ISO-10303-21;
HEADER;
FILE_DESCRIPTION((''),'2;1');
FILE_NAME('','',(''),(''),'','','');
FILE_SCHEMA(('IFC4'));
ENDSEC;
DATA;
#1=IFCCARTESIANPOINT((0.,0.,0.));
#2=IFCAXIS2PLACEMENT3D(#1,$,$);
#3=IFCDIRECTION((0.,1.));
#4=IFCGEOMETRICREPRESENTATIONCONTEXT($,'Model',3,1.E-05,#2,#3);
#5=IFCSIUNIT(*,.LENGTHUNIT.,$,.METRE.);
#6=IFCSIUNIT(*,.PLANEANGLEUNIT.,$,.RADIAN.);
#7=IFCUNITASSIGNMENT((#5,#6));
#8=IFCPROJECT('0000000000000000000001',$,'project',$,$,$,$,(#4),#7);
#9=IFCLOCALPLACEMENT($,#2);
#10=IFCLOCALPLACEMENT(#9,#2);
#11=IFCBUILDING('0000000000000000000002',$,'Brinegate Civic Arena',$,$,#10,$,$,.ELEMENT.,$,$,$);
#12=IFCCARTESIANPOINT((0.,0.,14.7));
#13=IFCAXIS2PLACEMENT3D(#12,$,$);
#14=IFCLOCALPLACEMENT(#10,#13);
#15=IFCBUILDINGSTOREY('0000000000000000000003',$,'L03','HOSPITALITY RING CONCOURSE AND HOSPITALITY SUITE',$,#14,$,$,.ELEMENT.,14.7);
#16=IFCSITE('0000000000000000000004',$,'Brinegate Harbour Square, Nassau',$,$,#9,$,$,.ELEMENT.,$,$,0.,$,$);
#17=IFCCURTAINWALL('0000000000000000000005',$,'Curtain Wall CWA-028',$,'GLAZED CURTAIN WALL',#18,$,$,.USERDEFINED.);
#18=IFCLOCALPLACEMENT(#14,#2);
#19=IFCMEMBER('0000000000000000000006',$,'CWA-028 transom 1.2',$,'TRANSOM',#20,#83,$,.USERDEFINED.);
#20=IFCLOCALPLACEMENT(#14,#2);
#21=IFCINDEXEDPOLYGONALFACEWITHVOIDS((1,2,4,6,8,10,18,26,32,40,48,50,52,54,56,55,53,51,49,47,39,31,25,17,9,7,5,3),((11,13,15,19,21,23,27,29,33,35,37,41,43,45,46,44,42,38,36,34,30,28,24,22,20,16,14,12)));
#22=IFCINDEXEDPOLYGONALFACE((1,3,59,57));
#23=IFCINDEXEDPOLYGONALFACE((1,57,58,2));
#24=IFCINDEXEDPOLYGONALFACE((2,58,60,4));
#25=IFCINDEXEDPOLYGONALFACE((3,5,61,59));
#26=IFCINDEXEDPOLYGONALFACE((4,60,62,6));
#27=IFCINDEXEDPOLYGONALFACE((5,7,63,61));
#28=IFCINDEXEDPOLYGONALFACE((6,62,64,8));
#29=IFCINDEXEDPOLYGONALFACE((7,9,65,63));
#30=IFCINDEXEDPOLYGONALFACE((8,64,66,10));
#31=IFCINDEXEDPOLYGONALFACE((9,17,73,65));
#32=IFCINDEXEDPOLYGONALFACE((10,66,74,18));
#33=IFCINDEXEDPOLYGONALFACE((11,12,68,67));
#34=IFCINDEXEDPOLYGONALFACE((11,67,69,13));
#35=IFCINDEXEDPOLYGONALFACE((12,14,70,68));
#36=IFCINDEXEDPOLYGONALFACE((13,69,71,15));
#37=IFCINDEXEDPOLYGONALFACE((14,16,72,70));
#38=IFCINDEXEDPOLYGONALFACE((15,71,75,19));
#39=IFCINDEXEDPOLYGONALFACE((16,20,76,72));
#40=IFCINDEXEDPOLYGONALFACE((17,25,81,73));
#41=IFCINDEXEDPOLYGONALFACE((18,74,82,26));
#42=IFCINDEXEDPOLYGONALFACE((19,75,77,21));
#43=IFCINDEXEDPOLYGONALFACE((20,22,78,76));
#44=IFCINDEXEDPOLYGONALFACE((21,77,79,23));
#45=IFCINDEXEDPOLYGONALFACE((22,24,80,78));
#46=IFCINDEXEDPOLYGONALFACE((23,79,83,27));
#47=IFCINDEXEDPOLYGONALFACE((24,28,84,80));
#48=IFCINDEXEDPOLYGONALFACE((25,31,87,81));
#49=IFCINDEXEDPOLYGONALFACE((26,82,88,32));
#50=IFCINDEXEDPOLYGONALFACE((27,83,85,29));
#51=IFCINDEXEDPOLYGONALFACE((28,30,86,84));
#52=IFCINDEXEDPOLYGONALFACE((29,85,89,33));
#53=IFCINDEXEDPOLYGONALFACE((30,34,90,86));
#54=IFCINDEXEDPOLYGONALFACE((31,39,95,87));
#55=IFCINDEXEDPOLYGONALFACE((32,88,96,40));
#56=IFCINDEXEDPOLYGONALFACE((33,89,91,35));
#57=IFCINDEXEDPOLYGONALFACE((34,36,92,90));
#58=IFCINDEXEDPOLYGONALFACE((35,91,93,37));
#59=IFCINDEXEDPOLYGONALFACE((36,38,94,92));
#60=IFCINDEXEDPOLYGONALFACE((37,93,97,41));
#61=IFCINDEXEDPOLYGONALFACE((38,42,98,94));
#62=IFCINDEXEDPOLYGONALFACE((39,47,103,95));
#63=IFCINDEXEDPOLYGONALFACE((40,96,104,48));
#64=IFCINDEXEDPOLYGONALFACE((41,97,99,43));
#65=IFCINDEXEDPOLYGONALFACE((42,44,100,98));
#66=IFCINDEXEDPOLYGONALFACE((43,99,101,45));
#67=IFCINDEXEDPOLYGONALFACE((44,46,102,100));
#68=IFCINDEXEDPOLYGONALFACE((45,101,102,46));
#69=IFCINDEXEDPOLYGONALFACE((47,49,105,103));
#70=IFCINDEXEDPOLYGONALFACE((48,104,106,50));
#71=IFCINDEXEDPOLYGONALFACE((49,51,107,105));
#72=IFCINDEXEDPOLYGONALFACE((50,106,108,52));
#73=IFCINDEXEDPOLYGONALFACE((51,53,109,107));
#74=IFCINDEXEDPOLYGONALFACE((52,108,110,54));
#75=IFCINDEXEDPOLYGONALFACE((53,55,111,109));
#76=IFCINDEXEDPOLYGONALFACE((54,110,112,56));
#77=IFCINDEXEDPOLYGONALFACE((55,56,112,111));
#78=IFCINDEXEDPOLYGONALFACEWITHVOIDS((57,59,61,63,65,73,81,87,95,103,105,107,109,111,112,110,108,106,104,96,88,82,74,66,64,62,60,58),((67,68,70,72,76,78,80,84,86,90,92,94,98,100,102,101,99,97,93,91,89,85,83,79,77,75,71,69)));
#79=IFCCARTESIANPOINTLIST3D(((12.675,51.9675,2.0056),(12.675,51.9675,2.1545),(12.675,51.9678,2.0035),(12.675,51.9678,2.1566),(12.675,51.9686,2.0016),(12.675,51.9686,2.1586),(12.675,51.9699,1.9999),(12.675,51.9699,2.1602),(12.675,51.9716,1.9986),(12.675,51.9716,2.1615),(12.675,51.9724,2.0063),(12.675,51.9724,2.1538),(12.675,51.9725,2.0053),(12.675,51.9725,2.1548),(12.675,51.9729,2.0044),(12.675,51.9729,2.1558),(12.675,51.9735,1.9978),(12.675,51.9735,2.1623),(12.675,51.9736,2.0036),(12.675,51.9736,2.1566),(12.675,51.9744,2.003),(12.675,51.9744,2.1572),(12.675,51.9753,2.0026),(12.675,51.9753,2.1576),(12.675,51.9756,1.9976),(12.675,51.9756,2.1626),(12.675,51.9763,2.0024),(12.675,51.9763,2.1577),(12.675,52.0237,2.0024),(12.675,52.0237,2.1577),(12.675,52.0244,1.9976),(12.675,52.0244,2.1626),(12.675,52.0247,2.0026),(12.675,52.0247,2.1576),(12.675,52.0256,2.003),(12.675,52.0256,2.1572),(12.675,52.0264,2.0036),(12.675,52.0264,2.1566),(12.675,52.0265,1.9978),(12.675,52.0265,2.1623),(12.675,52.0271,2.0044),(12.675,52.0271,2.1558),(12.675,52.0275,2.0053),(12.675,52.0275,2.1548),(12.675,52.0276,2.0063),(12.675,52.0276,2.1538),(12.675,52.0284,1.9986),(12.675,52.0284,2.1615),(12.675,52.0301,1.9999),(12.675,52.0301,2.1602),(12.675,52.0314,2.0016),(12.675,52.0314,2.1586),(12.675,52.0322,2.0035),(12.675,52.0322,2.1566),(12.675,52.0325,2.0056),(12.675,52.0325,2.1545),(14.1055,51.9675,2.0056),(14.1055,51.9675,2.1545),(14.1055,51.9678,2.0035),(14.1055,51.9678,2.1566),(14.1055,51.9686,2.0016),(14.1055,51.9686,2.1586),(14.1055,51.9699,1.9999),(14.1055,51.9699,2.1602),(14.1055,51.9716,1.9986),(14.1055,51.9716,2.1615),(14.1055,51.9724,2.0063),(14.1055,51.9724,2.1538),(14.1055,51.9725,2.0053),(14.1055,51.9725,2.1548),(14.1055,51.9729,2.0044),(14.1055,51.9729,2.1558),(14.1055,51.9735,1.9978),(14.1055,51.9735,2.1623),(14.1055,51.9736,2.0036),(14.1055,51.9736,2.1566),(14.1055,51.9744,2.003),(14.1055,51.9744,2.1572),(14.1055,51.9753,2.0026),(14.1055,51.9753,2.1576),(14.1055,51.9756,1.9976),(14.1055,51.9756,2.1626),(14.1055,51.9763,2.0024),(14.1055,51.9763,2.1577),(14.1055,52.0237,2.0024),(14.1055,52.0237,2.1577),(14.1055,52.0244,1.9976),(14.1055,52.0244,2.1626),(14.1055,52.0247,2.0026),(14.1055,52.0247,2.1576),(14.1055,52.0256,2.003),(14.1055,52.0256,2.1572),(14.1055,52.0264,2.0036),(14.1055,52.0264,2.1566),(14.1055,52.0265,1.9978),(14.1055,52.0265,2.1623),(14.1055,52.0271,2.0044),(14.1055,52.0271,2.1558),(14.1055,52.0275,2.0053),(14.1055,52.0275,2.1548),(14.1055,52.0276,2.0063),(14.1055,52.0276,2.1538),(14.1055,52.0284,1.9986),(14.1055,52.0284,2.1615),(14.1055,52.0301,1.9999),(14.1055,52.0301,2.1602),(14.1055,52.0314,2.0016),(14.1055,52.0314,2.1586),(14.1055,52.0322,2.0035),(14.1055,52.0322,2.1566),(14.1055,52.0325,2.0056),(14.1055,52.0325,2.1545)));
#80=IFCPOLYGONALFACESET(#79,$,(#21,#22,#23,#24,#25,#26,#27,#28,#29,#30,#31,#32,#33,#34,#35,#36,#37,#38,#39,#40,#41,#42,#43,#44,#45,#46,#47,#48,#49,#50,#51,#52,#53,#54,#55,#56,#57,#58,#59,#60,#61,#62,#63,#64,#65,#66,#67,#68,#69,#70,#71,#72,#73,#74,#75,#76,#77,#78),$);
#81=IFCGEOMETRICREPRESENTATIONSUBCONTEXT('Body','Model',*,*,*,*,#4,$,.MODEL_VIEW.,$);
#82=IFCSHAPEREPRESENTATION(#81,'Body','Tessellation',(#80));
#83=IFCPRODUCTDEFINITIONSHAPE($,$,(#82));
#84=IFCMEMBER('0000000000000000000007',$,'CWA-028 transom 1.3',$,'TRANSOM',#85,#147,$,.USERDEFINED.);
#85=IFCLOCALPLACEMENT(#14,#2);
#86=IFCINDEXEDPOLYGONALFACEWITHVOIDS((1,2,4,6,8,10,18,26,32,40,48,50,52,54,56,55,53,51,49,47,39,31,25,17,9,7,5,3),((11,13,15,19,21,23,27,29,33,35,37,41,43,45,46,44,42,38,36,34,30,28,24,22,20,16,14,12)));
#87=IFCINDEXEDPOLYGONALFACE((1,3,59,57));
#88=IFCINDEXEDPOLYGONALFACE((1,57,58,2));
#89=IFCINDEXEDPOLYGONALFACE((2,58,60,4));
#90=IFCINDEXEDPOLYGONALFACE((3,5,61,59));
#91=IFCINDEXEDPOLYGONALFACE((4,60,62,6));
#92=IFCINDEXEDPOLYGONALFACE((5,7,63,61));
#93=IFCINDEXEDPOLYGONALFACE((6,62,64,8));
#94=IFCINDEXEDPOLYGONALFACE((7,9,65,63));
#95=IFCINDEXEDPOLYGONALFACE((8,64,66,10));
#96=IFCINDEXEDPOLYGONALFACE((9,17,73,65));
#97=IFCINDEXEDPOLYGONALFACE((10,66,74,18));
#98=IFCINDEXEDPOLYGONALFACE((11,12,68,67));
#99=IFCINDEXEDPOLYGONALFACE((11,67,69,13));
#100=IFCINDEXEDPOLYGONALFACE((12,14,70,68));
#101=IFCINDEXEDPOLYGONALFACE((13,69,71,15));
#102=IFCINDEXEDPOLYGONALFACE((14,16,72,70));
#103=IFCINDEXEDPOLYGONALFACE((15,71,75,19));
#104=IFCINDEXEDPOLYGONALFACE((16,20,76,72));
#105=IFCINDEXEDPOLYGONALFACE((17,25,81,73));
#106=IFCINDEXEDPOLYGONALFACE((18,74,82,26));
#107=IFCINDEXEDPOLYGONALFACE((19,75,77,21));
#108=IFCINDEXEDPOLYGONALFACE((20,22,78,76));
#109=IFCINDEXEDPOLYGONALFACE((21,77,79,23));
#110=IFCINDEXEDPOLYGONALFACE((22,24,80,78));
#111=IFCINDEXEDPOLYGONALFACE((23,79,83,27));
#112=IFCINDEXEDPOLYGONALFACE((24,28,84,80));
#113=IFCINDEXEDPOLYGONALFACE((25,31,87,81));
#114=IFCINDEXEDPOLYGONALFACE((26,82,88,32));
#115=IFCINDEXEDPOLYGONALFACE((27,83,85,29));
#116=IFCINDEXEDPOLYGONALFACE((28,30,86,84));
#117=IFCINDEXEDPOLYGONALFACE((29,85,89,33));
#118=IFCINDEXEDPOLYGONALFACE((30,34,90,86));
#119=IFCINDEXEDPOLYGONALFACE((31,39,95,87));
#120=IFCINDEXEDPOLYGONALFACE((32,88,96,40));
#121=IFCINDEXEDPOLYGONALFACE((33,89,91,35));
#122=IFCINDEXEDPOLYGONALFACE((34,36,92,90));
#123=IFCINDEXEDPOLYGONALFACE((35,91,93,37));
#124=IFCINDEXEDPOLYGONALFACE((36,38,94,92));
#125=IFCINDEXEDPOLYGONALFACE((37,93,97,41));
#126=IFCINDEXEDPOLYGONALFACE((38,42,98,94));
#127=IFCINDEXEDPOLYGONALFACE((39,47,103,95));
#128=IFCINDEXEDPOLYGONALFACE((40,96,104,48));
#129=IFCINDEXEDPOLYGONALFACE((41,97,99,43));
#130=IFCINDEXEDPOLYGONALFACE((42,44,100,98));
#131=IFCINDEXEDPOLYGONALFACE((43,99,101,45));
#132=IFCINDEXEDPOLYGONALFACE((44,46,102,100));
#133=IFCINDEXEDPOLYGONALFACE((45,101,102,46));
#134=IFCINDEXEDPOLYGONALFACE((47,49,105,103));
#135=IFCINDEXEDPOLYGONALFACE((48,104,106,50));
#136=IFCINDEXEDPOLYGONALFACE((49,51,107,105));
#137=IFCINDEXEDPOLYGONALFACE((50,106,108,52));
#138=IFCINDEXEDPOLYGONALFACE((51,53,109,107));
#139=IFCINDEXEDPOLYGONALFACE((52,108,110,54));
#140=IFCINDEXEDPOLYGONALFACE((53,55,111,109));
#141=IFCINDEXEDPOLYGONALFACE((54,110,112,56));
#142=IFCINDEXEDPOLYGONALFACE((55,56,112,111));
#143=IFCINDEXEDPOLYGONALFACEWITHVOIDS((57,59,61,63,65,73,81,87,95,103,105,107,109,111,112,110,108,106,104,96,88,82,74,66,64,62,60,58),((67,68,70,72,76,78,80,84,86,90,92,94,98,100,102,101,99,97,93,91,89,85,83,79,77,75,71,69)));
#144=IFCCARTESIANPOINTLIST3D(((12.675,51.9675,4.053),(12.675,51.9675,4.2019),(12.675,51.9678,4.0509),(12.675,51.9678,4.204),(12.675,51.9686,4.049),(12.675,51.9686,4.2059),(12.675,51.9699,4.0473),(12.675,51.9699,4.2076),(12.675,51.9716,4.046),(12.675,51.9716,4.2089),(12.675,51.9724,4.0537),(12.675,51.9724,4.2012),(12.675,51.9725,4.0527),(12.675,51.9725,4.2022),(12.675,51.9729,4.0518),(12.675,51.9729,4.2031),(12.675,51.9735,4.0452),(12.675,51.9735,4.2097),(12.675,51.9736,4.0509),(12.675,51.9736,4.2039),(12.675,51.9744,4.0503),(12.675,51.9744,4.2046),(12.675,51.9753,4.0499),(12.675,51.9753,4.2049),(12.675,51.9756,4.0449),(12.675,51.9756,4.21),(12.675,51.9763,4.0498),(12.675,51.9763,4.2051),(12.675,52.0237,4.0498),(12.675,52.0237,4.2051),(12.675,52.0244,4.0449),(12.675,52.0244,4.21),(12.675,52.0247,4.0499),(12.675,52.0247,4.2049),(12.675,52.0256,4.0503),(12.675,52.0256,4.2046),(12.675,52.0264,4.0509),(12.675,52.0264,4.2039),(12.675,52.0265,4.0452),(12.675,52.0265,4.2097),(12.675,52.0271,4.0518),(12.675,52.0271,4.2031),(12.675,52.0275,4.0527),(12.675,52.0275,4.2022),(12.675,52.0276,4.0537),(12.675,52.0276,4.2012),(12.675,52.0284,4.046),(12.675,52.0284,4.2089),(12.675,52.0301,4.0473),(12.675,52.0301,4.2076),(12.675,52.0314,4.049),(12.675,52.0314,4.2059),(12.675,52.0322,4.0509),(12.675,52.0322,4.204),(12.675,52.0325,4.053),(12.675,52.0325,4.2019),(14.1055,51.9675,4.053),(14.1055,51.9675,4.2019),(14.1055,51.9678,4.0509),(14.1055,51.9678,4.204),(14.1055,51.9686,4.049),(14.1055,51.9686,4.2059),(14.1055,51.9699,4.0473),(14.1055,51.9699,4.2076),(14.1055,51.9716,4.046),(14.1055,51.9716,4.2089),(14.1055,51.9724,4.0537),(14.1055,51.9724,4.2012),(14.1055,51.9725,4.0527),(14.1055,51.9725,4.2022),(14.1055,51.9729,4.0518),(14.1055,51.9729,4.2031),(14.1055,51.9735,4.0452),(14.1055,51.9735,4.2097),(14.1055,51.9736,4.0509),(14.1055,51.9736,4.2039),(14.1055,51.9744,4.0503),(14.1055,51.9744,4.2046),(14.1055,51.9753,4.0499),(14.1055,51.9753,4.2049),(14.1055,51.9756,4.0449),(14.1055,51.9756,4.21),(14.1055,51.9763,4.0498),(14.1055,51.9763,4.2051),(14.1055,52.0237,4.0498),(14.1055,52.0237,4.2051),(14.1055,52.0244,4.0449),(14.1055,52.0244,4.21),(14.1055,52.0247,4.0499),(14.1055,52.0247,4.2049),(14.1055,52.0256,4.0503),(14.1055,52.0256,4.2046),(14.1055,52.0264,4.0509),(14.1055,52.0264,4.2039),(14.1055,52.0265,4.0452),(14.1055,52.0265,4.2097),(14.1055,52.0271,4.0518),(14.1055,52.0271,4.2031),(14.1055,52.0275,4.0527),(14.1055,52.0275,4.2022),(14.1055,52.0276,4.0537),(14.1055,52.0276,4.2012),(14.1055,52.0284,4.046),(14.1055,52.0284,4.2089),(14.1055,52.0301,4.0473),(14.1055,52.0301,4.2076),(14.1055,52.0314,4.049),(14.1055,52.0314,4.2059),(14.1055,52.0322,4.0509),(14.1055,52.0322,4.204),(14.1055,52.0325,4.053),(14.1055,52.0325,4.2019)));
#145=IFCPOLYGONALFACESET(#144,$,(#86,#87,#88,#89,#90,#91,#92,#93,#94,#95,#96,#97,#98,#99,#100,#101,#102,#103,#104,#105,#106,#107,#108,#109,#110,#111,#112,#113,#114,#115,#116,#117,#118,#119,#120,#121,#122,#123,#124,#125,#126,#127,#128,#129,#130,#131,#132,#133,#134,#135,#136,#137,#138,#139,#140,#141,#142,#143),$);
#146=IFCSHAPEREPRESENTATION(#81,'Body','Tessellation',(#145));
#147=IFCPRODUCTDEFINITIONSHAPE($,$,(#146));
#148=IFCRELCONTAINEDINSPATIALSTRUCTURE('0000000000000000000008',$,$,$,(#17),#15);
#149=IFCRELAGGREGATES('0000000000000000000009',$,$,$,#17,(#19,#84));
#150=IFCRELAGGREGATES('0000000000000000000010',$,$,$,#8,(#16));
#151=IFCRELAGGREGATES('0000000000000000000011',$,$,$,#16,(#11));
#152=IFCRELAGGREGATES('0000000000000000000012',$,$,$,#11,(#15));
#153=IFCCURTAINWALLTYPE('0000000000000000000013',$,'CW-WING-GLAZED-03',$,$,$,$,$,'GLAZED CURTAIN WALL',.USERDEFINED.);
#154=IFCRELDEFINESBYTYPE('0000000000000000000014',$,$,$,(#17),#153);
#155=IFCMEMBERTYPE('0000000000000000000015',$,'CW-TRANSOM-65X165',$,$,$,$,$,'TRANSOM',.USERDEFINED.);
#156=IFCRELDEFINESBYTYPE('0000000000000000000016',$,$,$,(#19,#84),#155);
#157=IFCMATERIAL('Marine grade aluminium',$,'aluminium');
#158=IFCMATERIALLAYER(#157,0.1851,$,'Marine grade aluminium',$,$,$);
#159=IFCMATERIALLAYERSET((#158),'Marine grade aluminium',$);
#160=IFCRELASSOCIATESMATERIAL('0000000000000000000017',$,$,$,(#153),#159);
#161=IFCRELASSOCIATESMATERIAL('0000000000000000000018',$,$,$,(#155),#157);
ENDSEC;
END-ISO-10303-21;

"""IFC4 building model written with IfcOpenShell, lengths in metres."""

from ifc_helpers import new_model, si_unit, direction, frame, origin, origin_2d, place, context, subcontext, project, spatial, hollow_rectangle, extrude, material, layer, layer_set, material_profile, profile_set, type_object, element, aggregate, save


model = new_model("IFC4")

# Units and contexts
model_context = context("Model", 3, precision=1e-05, world=origin(), true_north=direction((0.0, 1.0)))
body_context = subcontext(model_context, "Body", "Model", "MODEL_VIEW")
ifc_project = project(units=[si_unit("LENGTHUNIT", "METRE"), si_unit("PLANEANGLEUNIT", "RADIAN")], contexts=[model_context])

# Site, building, storey
site_placement = place(None, origin())
site = spatial("IfcSite", under=ifc_project, at=site_placement, Name="Brinegate Harbour Square, Nassau", CompositionType="ELEMENT", RefElevation=0.0)
building_placement = place(site_placement, origin())
building = spatial("IfcBuilding", under=site, at=building_placement, Name="Brinegate Civic Arena", CompositionType="ELEMENT")
storey_placement = place(building_placement, frame((0.0, 0.0, 14.7)))
storey = spatial("IfcBuildingStorey", under=building, at=storey_placement, Name="L03", Description="HOSPITALITY RING CONCOURSE AND HOSPITALITY SUITE", CompositionType="ELEMENT", Elevation=14.7)

# Curtain wall, members
ifc_material_1 = material(Name="Marine grade aluminium", Category="aluminium")
ifc_layer_1 = layer(ifc_material_1, 0.1851, Name="Marine grade aluminium")
ifc_layer_set_1 = layer_set([ifc_layer_1], Name="Marine grade aluminium")
curtain_wall_type = type_object("IfcCurtainWallType", Name="CW-WING-GLAZED-03", ElementType="GLAZED CURTAIN WALL", PredefinedType="USERDEFINED", material=ifc_layer_set_1)
curtain_wall_placement = place(storey_placement, origin())
curtain_wall = element("IfcCurtainWall", 1, at=curtain_wall_placement, inside=storey, type_object=curtain_wall_type, Name="Curtain Wall CWA-028", ObjectType="GLAZED CURTAIN WALL", PredefinedType="USERDEFINED")
ifc_material_profile_1 = material_profile(ifc_material_1, hollow_rectangle(XDim=0.0649, YDim=0.165, WallThickness=0.0049, InnerFilletRadius=0.0039, OuterFilletRadius=0.0081, at=origin_2d()), Name="TRN65X165")
ifc_profile_set_1 = profile_set([ifc_material_profile_1], Name="Marine grade aluminium")
member_type_1 = type_object("IfcMemberType", Name="CW-TRANSOM-65X165", ElementType="TRANSOM", PredefinedType="USERDEFINED", material=ifc_profile_set_1)
member_1_placement = place(storey_placement, frame((12.675, 52.0, 2.0801), z_axis=(1.0, 0.0, 0.0), x_axis=(0.0, 1.0, 0.0)))
member_1 = element("IfcMember", 2, at=member_1_placement, type_object=member_type_1, Name="CWA-028 transom 1.2", ObjectType="TRANSOM", PredefinedType="USERDEFINED", context=body_context, shape_type="SweptSolid", body=[
    extrude(hollow_rectangle(XDim=0.0649, YDim=0.165, WallThickness=0.0049, InnerFilletRadius=0.0039, OuterFilletRadius=0.0081, at=origin_2d()), origin(), (0.0, 0.0, 1.0), 1.4304),
])
member_2_placement = place(storey_placement, frame((12.675, 52.0, 4.1274), z_axis=(1.0, 0.0, 0.0), x_axis=(0.0, 1.0, 0.0)))
member_2 = element("IfcMember", 3, at=member_2_placement, type_object=member_type_1, Name="CWA-028 transom 1.3", ObjectType="TRANSOM", PredefinedType="USERDEFINED", context=body_context, shape_type="SweptSolid", body=[
    extrude(hollow_rectangle(XDim=0.0649, YDim=0.165, WallThickness=0.0049, InnerFilletRadius=0.0039, OuterFilletRadius=0.0081, at=origin_2d()), origin(), (0.0, 0.0, 1.0), 1.4304),
])

aggregate(curtain_wall, [member_1, member_2])

save(model, "model.ifc")
